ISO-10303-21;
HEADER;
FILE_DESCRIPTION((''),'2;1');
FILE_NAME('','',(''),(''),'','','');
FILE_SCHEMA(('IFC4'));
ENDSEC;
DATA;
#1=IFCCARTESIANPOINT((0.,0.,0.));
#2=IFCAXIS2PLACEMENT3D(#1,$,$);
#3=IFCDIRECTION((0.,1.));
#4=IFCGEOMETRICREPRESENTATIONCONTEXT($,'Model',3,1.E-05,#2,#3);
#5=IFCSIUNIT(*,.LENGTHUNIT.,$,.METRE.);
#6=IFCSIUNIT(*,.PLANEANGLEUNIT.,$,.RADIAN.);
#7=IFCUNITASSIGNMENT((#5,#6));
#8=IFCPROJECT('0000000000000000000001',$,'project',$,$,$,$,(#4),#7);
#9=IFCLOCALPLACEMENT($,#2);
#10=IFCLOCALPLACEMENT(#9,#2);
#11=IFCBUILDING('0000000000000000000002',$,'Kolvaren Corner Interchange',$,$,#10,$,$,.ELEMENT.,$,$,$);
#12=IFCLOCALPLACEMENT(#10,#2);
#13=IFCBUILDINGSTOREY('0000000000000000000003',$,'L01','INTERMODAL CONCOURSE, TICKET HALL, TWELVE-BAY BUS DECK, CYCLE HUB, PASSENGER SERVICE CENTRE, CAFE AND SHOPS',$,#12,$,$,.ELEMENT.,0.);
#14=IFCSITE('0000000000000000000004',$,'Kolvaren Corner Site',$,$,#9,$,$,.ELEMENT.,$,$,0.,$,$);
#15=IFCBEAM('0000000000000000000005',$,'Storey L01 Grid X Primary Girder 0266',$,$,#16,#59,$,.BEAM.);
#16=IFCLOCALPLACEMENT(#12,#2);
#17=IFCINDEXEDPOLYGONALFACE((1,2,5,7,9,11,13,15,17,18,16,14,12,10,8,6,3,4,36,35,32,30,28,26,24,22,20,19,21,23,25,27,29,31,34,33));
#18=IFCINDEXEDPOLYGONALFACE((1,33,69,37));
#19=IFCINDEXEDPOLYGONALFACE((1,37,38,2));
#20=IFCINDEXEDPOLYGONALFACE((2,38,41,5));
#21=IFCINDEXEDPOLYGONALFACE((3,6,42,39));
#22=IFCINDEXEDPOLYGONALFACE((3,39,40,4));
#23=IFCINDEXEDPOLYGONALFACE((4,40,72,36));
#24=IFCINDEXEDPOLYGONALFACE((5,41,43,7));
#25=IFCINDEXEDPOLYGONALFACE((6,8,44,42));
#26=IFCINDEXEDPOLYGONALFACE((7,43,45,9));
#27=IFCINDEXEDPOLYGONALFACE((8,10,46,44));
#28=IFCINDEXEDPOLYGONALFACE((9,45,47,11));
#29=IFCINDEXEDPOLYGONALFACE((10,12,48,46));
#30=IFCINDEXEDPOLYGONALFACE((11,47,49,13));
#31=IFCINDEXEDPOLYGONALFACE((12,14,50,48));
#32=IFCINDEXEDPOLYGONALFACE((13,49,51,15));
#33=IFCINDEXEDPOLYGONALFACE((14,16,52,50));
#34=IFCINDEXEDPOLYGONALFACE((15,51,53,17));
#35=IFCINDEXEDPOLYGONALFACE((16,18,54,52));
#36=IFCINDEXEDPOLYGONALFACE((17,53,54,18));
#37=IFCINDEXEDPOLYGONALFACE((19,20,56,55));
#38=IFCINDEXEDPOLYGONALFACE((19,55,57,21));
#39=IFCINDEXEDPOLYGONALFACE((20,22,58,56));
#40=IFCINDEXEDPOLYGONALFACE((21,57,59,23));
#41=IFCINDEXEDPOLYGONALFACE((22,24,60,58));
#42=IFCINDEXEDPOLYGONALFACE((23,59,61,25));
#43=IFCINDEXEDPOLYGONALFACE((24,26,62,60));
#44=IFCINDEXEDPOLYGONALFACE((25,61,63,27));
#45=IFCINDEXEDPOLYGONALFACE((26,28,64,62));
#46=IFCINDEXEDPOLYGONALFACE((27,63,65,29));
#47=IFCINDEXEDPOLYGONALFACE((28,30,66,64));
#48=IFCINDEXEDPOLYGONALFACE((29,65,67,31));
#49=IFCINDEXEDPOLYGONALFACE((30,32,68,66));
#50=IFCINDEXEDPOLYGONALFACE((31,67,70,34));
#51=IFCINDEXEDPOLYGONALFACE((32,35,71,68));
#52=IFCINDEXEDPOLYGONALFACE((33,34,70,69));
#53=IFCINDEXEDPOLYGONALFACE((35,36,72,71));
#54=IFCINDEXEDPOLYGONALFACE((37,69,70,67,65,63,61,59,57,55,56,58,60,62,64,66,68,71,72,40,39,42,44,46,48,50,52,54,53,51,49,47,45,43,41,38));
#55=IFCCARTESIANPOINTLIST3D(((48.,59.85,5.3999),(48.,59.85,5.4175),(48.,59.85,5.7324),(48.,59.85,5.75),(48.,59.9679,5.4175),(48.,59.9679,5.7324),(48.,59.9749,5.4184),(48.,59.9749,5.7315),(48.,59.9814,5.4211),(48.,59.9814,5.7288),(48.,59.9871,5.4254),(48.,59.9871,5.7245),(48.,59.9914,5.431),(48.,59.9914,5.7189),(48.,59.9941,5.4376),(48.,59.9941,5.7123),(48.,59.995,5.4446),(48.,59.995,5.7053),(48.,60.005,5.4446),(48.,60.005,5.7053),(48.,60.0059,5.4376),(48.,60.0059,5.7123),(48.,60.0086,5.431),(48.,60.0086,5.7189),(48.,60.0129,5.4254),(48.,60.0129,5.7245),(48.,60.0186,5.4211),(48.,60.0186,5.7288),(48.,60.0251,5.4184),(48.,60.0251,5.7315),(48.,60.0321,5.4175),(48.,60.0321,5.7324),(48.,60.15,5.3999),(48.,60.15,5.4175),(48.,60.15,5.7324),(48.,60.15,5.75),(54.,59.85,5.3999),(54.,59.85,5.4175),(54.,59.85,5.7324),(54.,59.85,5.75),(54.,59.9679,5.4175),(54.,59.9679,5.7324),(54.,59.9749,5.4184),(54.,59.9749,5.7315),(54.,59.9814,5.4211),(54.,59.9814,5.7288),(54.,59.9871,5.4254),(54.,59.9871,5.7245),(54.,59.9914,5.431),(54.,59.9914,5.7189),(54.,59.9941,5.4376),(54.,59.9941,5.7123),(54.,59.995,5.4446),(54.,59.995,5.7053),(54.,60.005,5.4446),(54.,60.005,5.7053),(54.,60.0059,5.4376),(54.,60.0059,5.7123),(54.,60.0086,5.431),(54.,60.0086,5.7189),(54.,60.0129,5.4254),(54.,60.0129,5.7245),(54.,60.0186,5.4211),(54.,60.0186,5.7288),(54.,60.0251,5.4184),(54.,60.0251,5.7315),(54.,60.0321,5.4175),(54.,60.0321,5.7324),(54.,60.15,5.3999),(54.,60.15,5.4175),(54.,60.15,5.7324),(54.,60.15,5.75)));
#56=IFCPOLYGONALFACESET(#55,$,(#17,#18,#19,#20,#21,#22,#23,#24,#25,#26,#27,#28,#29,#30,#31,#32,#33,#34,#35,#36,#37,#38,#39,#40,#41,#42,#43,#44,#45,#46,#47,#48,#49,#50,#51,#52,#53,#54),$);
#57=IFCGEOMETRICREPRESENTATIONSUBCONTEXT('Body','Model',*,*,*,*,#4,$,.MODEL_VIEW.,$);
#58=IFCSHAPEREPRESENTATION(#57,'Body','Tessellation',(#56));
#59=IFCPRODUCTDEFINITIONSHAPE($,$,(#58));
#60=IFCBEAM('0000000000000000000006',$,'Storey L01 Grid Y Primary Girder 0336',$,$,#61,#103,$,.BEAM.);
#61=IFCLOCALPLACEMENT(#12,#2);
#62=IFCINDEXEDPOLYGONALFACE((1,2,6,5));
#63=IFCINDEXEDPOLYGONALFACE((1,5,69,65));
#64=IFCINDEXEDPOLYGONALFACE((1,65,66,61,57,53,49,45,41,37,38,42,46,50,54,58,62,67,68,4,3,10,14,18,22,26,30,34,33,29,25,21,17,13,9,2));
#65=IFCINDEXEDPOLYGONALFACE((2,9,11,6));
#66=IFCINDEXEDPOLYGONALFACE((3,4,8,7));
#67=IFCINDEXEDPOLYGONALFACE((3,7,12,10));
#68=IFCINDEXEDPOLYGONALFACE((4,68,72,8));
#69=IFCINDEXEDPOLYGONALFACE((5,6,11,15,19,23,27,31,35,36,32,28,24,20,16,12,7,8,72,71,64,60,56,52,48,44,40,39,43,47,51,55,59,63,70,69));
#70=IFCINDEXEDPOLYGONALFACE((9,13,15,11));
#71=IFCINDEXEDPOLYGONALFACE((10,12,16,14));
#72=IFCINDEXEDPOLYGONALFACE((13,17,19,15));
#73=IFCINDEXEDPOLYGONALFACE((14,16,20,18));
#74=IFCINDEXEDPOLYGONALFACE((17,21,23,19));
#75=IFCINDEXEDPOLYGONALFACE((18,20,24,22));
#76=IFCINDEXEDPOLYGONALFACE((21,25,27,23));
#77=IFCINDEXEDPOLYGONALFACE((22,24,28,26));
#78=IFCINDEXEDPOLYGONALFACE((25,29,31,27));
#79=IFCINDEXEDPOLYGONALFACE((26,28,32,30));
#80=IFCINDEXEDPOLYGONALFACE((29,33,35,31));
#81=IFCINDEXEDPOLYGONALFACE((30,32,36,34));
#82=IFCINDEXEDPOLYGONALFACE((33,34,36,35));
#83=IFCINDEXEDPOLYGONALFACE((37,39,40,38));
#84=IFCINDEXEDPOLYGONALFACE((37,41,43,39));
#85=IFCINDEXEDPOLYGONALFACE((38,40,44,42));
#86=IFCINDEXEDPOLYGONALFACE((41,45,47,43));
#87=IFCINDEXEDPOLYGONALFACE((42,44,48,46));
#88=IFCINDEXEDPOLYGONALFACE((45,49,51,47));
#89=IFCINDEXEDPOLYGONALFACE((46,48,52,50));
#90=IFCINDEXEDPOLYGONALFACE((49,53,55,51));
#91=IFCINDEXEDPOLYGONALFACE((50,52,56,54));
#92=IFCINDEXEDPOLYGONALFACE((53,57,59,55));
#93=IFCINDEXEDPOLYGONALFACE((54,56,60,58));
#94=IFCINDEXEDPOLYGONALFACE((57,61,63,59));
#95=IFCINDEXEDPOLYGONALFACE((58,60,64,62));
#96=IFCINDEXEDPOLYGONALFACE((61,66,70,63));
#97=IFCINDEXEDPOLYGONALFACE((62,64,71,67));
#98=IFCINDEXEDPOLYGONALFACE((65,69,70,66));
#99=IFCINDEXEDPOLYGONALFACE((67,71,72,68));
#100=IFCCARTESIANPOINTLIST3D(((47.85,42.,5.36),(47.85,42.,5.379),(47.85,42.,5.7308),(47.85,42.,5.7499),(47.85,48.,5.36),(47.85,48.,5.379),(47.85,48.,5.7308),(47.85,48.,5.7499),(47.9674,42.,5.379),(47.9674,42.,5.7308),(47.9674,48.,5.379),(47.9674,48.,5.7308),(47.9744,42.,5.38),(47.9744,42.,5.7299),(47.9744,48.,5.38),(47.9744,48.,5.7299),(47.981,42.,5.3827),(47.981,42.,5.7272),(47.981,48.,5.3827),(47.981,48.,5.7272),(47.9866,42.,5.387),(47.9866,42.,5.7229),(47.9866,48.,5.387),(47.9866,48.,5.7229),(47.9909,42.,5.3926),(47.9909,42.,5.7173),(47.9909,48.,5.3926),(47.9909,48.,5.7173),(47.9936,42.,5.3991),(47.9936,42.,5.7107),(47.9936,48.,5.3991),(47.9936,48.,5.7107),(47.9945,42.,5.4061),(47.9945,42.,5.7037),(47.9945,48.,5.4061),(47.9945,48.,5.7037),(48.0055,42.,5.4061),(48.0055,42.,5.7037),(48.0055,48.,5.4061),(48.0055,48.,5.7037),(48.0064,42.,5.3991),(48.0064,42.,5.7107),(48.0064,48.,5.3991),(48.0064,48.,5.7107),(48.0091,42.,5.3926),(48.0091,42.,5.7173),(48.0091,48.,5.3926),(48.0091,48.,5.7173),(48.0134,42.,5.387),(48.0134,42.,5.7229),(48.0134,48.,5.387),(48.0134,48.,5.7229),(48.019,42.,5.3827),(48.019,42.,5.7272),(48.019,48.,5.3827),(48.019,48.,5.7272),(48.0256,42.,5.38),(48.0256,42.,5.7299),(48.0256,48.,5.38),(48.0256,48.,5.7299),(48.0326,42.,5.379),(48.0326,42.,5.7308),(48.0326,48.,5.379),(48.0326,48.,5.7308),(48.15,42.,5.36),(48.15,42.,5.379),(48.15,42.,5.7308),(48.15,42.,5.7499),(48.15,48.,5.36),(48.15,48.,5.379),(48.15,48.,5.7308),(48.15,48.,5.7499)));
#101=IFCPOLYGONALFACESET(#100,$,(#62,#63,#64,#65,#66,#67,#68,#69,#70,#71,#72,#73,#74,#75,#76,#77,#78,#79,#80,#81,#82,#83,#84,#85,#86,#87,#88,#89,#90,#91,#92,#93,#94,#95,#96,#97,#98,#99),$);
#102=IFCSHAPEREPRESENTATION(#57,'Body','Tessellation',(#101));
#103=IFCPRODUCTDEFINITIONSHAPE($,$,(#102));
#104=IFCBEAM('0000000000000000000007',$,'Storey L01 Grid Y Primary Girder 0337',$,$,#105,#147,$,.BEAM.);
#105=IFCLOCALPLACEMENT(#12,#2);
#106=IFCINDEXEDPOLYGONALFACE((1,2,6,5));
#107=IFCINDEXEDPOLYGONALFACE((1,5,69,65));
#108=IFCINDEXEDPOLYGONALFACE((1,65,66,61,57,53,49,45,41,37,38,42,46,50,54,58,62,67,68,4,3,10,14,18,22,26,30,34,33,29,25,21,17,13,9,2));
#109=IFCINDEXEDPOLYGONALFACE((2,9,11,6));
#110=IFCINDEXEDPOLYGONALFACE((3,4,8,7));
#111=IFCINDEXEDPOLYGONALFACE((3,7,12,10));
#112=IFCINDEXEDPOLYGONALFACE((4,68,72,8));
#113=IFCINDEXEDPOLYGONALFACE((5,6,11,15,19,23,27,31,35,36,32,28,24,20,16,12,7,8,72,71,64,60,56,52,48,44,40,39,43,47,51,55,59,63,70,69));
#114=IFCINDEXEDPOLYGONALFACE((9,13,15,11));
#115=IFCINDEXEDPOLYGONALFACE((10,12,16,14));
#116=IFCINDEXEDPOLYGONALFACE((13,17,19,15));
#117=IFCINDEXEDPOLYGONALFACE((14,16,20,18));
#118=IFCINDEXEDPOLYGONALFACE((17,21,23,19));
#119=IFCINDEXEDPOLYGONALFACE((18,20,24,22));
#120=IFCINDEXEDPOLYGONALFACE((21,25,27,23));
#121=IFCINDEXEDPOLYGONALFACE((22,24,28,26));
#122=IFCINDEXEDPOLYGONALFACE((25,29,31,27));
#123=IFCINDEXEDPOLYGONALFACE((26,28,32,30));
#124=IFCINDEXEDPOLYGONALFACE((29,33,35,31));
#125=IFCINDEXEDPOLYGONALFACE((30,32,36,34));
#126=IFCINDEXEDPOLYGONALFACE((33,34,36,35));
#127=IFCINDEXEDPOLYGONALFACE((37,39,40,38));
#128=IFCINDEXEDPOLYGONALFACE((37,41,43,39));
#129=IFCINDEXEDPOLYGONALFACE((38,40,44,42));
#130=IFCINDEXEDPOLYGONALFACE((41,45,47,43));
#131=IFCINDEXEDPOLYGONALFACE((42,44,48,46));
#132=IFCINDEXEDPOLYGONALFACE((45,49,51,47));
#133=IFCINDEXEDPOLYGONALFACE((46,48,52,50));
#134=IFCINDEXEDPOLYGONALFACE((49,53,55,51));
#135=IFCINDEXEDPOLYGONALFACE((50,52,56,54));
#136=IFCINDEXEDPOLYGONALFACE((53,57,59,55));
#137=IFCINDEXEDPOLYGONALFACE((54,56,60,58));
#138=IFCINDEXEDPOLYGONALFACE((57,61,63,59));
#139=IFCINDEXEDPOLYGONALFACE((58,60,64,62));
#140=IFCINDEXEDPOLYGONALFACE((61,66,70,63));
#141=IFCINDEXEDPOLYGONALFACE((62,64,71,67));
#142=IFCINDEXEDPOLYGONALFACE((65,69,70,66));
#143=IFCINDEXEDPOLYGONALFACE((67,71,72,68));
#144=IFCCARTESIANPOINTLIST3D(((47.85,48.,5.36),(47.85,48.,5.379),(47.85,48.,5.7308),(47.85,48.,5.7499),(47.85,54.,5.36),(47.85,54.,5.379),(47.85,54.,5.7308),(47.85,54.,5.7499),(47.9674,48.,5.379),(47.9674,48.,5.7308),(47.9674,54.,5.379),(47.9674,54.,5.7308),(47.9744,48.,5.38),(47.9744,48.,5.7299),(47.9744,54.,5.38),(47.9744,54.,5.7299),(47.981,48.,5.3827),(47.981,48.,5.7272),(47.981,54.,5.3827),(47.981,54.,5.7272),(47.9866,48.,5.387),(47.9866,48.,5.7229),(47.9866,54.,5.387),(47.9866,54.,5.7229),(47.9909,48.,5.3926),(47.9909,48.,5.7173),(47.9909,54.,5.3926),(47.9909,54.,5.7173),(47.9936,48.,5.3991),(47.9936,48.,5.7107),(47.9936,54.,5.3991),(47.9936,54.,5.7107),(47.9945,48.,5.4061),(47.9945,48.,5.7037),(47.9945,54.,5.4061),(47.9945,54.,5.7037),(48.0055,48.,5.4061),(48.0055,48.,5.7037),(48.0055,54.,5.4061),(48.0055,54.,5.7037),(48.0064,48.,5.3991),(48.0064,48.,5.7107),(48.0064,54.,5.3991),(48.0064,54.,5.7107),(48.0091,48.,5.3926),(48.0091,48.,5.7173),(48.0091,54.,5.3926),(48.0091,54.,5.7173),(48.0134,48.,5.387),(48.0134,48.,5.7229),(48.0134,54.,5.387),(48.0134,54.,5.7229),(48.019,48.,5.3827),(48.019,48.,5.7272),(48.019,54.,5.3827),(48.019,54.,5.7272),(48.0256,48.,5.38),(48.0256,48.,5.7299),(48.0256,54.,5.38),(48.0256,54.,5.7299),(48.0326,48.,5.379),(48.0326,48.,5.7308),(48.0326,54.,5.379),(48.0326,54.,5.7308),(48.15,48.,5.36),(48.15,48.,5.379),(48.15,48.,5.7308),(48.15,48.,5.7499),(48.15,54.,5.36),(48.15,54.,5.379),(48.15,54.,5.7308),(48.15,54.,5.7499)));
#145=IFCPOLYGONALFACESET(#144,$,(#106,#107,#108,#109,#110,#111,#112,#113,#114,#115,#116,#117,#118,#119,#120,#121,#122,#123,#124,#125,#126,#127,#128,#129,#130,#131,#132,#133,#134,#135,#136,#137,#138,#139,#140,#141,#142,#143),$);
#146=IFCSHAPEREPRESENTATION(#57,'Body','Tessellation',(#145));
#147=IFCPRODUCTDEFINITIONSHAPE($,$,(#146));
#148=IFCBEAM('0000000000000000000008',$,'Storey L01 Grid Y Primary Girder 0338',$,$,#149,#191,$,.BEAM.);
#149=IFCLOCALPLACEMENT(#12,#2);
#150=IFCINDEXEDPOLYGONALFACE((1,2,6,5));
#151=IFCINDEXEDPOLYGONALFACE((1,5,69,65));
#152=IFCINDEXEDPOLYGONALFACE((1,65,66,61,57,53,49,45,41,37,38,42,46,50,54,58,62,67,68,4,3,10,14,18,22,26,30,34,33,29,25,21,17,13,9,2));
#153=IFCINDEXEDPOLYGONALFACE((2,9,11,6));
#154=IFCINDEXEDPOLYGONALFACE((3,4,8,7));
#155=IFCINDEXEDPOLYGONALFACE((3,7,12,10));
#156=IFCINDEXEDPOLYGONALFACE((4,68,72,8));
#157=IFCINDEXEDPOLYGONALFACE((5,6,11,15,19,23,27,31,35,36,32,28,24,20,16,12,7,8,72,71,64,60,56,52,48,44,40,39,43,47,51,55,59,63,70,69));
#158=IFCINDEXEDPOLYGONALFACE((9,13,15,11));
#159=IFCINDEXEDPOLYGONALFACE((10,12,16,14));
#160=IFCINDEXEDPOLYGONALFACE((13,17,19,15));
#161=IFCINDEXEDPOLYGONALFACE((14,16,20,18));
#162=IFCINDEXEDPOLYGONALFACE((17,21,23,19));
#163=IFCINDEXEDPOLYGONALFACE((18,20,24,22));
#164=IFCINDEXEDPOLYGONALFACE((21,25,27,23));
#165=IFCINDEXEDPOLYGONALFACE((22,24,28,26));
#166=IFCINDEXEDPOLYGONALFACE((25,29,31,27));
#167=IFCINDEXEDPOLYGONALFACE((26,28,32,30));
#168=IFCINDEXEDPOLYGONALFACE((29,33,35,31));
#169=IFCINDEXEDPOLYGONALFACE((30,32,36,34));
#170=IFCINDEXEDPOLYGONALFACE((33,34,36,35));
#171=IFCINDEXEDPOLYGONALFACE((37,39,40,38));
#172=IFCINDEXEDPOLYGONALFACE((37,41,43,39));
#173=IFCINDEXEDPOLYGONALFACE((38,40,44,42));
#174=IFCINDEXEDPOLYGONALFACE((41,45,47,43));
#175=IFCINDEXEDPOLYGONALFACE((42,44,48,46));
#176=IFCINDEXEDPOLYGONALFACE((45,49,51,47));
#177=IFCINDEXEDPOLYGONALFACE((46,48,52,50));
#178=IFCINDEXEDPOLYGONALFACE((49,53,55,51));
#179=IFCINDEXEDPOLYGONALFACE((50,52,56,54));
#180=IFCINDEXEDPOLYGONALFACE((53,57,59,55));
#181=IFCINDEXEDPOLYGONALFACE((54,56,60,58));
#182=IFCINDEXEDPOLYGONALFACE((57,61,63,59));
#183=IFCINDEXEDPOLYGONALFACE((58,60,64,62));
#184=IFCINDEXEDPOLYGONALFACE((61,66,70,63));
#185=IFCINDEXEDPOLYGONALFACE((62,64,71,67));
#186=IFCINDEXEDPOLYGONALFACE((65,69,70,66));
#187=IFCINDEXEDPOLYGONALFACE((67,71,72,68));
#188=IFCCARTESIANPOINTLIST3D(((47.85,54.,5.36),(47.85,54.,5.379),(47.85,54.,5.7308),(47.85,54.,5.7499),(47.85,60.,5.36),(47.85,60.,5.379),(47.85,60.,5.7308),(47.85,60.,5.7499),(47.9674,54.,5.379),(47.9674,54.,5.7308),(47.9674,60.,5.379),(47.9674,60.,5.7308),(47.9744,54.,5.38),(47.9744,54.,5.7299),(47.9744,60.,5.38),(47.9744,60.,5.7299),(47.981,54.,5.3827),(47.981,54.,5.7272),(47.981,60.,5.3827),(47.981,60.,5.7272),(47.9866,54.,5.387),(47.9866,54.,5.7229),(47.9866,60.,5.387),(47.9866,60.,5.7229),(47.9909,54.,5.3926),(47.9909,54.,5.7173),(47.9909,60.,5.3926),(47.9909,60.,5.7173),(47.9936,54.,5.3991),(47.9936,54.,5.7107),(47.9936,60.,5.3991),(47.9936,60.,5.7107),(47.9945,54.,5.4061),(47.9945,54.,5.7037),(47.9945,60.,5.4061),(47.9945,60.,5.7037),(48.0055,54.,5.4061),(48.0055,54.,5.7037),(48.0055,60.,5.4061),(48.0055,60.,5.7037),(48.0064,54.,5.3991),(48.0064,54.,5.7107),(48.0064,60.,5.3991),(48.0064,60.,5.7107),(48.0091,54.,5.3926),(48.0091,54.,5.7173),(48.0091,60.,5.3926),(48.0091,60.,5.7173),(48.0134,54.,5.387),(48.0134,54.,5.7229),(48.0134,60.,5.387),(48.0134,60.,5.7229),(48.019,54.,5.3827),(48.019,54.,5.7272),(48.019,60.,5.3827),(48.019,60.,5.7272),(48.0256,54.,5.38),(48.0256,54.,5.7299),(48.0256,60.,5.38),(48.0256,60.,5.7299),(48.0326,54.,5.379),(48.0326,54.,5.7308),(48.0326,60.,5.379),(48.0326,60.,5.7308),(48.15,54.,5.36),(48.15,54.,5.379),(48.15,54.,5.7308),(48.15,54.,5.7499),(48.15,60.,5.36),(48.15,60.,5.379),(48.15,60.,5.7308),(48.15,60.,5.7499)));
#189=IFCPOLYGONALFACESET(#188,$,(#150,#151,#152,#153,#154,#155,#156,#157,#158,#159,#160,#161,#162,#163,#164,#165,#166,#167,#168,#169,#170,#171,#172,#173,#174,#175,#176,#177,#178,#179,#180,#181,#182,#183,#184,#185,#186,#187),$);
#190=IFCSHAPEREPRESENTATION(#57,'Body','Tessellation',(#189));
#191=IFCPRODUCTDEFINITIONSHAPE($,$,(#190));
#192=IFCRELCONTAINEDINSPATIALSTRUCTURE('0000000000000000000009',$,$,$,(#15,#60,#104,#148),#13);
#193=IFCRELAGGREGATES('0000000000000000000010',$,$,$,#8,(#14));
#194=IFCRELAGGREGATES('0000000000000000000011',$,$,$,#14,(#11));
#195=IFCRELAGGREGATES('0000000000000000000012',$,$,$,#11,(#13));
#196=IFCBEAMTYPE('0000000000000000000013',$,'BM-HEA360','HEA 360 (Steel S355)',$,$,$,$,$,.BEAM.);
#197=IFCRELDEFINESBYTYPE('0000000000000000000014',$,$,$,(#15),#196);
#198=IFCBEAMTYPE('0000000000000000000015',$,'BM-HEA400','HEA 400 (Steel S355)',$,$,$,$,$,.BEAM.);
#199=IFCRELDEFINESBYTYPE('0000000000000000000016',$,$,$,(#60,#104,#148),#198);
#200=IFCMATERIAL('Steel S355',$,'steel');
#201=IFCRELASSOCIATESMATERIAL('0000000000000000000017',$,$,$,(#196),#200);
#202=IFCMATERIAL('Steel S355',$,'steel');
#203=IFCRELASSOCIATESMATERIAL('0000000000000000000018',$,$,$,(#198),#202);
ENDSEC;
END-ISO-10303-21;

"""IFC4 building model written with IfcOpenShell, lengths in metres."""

from ifc_helpers import new_model, si_unit, direction, frame, origin, origin_2d, place, context, subcontext, project, spatial, i_section, extrude, material, material_profile, profile_set, type_object, element, save


model = new_model("IFC4")

# Units and contexts
model_context = context("Model", 3, precision=1e-05, world=origin(), true_north=direction((0.0, 1.0)))
body_context = subcontext(model_context, "Body", "Model", "MODEL_VIEW")
ifc_project = project(units=[si_unit("LENGTHUNIT", "METRE"), si_unit("PLANEANGLEUNIT", "RADIAN")], contexts=[model_context])

# Site, building, storey
site_placement = place(None, origin())
site = spatial("IfcSite", under=ifc_project, at=site_placement, Name="Kolvaren Corner Site", CompositionType="ELEMENT", RefElevation=0.0)
building_placement = place(site_placement, origin())
building = spatial("IfcBuilding", under=site, at=building_placement, Name="Kolvaren Corner Interchange", CompositionType="ELEMENT")
storey_placement = place(building_placement, origin())
storey = spatial("IfcBuildingStorey", under=building, at=storey_placement, Name="L01", Description="INTERMODAL CONCOURSE, TICKET HALL, TWELVE-BAY BUS DECK, CYCLE HUB, PASSENGER SERVICE CENTRE, CAFE AND SHOPS", CompositionType="ELEMENT", Elevation=0.0)

# Beams
ifc_material_1 = material(Name="Steel S355", Category="steel")
ifc_material_profile_1 = material_profile(ifc_material_1, i_section(OverallWidth=0.3, OverallDepth=0.3501, WebThickness=0.01, FlangeThickness=0.0176, FilletRadius=0.0271, at=origin_2d()), Name="HEA 360")
ifc_profile_set_1 = profile_set([ifc_material_profile_1], Name="Steel S355")
beam_type_1 = type_object("IfcBeamType", Name="BM-HEA360", Description="HEA 360 (Steel S355)", PredefinedType="BEAM", material=ifc_profile_set_1)
for number, where, z_axis, x_axis, name in (
    (1, (48.0, 60.0, 5.575), (1.0, 0.0, 0.0), (0.0, 1.0, 0.0), "Storey L01 Grid X Primary Girder 0266"),
):
    element("IfcBeam", number, at=place(storey_placement, frame(where, z_axis=z_axis, x_axis=x_axis)), inside=storey, type_object=beam_type_1, Name=name, PredefinedType="BEAM", context=body_context, shape_type="SweptSolid", body=[
        extrude(i_section(OverallWidth=0.3, OverallDepth=0.3501, WebThickness=0.01, FlangeThickness=0.0176, FilletRadius=0.0271, at=origin_2d()), origin(), (0.0, 0.0, 1.0), 6.0),
    ])
ifc_material_2 = material(Name="Steel S355", Category="steel")
ifc_material_profile_2 = material_profile(ifc_material_2, i_section(OverallWidth=0.3, OverallDepth=0.3899, WebThickness=0.011, FlangeThickness=0.019, FilletRadius=0.0271, at=origin_2d()), Name="HEA 400")
ifc_profile_set_2 = profile_set([ifc_material_profile_2], Name="Steel S355")
beam_type_2 = type_object("IfcBeamType", Name="BM-HEA400", Description="HEA 400 (Steel S355)", PredefinedType="BEAM", material=ifc_profile_set_2)
for number, where, z_axis, x_axis, name in (
    (2, (48.0, 42.0, 5.5549), (0.0, 1.0, 0.0), (-1.0, 0.0, 0.0), "Storey L01 Grid Y Primary Girder 0336"),
    (3, (48.0, 48.0, 5.5549), (0.0, 1.0, 0.0), (-1.0, 0.0, 0.0), "Storey L01 Grid Y Primary Girder 0337"),
    (4, (48.0, 54.0, 5.5549), (0.0, 1.0, 0.0), (-1.0, 0.0, 0.0), "Storey L01 Grid Y Primary Girder 0338"),
):
    element("IfcBeam", number, at=place(storey_placement, frame(where, z_axis=z_axis, x_axis=x_axis)), inside=storey, type_object=beam_type_2, Name=name, PredefinedType="BEAM", context=body_context, shape_type="SweptSolid", body=[
        extrude(i_section(OverallWidth=0.3, OverallDepth=0.3899, WebThickness=0.011, FlangeThickness=0.019, FilletRadius=0.0271, at=origin_2d()), origin(), (0.0, 0.0, 1.0), 6.0),
    ])

save(model, "model.ifc")
